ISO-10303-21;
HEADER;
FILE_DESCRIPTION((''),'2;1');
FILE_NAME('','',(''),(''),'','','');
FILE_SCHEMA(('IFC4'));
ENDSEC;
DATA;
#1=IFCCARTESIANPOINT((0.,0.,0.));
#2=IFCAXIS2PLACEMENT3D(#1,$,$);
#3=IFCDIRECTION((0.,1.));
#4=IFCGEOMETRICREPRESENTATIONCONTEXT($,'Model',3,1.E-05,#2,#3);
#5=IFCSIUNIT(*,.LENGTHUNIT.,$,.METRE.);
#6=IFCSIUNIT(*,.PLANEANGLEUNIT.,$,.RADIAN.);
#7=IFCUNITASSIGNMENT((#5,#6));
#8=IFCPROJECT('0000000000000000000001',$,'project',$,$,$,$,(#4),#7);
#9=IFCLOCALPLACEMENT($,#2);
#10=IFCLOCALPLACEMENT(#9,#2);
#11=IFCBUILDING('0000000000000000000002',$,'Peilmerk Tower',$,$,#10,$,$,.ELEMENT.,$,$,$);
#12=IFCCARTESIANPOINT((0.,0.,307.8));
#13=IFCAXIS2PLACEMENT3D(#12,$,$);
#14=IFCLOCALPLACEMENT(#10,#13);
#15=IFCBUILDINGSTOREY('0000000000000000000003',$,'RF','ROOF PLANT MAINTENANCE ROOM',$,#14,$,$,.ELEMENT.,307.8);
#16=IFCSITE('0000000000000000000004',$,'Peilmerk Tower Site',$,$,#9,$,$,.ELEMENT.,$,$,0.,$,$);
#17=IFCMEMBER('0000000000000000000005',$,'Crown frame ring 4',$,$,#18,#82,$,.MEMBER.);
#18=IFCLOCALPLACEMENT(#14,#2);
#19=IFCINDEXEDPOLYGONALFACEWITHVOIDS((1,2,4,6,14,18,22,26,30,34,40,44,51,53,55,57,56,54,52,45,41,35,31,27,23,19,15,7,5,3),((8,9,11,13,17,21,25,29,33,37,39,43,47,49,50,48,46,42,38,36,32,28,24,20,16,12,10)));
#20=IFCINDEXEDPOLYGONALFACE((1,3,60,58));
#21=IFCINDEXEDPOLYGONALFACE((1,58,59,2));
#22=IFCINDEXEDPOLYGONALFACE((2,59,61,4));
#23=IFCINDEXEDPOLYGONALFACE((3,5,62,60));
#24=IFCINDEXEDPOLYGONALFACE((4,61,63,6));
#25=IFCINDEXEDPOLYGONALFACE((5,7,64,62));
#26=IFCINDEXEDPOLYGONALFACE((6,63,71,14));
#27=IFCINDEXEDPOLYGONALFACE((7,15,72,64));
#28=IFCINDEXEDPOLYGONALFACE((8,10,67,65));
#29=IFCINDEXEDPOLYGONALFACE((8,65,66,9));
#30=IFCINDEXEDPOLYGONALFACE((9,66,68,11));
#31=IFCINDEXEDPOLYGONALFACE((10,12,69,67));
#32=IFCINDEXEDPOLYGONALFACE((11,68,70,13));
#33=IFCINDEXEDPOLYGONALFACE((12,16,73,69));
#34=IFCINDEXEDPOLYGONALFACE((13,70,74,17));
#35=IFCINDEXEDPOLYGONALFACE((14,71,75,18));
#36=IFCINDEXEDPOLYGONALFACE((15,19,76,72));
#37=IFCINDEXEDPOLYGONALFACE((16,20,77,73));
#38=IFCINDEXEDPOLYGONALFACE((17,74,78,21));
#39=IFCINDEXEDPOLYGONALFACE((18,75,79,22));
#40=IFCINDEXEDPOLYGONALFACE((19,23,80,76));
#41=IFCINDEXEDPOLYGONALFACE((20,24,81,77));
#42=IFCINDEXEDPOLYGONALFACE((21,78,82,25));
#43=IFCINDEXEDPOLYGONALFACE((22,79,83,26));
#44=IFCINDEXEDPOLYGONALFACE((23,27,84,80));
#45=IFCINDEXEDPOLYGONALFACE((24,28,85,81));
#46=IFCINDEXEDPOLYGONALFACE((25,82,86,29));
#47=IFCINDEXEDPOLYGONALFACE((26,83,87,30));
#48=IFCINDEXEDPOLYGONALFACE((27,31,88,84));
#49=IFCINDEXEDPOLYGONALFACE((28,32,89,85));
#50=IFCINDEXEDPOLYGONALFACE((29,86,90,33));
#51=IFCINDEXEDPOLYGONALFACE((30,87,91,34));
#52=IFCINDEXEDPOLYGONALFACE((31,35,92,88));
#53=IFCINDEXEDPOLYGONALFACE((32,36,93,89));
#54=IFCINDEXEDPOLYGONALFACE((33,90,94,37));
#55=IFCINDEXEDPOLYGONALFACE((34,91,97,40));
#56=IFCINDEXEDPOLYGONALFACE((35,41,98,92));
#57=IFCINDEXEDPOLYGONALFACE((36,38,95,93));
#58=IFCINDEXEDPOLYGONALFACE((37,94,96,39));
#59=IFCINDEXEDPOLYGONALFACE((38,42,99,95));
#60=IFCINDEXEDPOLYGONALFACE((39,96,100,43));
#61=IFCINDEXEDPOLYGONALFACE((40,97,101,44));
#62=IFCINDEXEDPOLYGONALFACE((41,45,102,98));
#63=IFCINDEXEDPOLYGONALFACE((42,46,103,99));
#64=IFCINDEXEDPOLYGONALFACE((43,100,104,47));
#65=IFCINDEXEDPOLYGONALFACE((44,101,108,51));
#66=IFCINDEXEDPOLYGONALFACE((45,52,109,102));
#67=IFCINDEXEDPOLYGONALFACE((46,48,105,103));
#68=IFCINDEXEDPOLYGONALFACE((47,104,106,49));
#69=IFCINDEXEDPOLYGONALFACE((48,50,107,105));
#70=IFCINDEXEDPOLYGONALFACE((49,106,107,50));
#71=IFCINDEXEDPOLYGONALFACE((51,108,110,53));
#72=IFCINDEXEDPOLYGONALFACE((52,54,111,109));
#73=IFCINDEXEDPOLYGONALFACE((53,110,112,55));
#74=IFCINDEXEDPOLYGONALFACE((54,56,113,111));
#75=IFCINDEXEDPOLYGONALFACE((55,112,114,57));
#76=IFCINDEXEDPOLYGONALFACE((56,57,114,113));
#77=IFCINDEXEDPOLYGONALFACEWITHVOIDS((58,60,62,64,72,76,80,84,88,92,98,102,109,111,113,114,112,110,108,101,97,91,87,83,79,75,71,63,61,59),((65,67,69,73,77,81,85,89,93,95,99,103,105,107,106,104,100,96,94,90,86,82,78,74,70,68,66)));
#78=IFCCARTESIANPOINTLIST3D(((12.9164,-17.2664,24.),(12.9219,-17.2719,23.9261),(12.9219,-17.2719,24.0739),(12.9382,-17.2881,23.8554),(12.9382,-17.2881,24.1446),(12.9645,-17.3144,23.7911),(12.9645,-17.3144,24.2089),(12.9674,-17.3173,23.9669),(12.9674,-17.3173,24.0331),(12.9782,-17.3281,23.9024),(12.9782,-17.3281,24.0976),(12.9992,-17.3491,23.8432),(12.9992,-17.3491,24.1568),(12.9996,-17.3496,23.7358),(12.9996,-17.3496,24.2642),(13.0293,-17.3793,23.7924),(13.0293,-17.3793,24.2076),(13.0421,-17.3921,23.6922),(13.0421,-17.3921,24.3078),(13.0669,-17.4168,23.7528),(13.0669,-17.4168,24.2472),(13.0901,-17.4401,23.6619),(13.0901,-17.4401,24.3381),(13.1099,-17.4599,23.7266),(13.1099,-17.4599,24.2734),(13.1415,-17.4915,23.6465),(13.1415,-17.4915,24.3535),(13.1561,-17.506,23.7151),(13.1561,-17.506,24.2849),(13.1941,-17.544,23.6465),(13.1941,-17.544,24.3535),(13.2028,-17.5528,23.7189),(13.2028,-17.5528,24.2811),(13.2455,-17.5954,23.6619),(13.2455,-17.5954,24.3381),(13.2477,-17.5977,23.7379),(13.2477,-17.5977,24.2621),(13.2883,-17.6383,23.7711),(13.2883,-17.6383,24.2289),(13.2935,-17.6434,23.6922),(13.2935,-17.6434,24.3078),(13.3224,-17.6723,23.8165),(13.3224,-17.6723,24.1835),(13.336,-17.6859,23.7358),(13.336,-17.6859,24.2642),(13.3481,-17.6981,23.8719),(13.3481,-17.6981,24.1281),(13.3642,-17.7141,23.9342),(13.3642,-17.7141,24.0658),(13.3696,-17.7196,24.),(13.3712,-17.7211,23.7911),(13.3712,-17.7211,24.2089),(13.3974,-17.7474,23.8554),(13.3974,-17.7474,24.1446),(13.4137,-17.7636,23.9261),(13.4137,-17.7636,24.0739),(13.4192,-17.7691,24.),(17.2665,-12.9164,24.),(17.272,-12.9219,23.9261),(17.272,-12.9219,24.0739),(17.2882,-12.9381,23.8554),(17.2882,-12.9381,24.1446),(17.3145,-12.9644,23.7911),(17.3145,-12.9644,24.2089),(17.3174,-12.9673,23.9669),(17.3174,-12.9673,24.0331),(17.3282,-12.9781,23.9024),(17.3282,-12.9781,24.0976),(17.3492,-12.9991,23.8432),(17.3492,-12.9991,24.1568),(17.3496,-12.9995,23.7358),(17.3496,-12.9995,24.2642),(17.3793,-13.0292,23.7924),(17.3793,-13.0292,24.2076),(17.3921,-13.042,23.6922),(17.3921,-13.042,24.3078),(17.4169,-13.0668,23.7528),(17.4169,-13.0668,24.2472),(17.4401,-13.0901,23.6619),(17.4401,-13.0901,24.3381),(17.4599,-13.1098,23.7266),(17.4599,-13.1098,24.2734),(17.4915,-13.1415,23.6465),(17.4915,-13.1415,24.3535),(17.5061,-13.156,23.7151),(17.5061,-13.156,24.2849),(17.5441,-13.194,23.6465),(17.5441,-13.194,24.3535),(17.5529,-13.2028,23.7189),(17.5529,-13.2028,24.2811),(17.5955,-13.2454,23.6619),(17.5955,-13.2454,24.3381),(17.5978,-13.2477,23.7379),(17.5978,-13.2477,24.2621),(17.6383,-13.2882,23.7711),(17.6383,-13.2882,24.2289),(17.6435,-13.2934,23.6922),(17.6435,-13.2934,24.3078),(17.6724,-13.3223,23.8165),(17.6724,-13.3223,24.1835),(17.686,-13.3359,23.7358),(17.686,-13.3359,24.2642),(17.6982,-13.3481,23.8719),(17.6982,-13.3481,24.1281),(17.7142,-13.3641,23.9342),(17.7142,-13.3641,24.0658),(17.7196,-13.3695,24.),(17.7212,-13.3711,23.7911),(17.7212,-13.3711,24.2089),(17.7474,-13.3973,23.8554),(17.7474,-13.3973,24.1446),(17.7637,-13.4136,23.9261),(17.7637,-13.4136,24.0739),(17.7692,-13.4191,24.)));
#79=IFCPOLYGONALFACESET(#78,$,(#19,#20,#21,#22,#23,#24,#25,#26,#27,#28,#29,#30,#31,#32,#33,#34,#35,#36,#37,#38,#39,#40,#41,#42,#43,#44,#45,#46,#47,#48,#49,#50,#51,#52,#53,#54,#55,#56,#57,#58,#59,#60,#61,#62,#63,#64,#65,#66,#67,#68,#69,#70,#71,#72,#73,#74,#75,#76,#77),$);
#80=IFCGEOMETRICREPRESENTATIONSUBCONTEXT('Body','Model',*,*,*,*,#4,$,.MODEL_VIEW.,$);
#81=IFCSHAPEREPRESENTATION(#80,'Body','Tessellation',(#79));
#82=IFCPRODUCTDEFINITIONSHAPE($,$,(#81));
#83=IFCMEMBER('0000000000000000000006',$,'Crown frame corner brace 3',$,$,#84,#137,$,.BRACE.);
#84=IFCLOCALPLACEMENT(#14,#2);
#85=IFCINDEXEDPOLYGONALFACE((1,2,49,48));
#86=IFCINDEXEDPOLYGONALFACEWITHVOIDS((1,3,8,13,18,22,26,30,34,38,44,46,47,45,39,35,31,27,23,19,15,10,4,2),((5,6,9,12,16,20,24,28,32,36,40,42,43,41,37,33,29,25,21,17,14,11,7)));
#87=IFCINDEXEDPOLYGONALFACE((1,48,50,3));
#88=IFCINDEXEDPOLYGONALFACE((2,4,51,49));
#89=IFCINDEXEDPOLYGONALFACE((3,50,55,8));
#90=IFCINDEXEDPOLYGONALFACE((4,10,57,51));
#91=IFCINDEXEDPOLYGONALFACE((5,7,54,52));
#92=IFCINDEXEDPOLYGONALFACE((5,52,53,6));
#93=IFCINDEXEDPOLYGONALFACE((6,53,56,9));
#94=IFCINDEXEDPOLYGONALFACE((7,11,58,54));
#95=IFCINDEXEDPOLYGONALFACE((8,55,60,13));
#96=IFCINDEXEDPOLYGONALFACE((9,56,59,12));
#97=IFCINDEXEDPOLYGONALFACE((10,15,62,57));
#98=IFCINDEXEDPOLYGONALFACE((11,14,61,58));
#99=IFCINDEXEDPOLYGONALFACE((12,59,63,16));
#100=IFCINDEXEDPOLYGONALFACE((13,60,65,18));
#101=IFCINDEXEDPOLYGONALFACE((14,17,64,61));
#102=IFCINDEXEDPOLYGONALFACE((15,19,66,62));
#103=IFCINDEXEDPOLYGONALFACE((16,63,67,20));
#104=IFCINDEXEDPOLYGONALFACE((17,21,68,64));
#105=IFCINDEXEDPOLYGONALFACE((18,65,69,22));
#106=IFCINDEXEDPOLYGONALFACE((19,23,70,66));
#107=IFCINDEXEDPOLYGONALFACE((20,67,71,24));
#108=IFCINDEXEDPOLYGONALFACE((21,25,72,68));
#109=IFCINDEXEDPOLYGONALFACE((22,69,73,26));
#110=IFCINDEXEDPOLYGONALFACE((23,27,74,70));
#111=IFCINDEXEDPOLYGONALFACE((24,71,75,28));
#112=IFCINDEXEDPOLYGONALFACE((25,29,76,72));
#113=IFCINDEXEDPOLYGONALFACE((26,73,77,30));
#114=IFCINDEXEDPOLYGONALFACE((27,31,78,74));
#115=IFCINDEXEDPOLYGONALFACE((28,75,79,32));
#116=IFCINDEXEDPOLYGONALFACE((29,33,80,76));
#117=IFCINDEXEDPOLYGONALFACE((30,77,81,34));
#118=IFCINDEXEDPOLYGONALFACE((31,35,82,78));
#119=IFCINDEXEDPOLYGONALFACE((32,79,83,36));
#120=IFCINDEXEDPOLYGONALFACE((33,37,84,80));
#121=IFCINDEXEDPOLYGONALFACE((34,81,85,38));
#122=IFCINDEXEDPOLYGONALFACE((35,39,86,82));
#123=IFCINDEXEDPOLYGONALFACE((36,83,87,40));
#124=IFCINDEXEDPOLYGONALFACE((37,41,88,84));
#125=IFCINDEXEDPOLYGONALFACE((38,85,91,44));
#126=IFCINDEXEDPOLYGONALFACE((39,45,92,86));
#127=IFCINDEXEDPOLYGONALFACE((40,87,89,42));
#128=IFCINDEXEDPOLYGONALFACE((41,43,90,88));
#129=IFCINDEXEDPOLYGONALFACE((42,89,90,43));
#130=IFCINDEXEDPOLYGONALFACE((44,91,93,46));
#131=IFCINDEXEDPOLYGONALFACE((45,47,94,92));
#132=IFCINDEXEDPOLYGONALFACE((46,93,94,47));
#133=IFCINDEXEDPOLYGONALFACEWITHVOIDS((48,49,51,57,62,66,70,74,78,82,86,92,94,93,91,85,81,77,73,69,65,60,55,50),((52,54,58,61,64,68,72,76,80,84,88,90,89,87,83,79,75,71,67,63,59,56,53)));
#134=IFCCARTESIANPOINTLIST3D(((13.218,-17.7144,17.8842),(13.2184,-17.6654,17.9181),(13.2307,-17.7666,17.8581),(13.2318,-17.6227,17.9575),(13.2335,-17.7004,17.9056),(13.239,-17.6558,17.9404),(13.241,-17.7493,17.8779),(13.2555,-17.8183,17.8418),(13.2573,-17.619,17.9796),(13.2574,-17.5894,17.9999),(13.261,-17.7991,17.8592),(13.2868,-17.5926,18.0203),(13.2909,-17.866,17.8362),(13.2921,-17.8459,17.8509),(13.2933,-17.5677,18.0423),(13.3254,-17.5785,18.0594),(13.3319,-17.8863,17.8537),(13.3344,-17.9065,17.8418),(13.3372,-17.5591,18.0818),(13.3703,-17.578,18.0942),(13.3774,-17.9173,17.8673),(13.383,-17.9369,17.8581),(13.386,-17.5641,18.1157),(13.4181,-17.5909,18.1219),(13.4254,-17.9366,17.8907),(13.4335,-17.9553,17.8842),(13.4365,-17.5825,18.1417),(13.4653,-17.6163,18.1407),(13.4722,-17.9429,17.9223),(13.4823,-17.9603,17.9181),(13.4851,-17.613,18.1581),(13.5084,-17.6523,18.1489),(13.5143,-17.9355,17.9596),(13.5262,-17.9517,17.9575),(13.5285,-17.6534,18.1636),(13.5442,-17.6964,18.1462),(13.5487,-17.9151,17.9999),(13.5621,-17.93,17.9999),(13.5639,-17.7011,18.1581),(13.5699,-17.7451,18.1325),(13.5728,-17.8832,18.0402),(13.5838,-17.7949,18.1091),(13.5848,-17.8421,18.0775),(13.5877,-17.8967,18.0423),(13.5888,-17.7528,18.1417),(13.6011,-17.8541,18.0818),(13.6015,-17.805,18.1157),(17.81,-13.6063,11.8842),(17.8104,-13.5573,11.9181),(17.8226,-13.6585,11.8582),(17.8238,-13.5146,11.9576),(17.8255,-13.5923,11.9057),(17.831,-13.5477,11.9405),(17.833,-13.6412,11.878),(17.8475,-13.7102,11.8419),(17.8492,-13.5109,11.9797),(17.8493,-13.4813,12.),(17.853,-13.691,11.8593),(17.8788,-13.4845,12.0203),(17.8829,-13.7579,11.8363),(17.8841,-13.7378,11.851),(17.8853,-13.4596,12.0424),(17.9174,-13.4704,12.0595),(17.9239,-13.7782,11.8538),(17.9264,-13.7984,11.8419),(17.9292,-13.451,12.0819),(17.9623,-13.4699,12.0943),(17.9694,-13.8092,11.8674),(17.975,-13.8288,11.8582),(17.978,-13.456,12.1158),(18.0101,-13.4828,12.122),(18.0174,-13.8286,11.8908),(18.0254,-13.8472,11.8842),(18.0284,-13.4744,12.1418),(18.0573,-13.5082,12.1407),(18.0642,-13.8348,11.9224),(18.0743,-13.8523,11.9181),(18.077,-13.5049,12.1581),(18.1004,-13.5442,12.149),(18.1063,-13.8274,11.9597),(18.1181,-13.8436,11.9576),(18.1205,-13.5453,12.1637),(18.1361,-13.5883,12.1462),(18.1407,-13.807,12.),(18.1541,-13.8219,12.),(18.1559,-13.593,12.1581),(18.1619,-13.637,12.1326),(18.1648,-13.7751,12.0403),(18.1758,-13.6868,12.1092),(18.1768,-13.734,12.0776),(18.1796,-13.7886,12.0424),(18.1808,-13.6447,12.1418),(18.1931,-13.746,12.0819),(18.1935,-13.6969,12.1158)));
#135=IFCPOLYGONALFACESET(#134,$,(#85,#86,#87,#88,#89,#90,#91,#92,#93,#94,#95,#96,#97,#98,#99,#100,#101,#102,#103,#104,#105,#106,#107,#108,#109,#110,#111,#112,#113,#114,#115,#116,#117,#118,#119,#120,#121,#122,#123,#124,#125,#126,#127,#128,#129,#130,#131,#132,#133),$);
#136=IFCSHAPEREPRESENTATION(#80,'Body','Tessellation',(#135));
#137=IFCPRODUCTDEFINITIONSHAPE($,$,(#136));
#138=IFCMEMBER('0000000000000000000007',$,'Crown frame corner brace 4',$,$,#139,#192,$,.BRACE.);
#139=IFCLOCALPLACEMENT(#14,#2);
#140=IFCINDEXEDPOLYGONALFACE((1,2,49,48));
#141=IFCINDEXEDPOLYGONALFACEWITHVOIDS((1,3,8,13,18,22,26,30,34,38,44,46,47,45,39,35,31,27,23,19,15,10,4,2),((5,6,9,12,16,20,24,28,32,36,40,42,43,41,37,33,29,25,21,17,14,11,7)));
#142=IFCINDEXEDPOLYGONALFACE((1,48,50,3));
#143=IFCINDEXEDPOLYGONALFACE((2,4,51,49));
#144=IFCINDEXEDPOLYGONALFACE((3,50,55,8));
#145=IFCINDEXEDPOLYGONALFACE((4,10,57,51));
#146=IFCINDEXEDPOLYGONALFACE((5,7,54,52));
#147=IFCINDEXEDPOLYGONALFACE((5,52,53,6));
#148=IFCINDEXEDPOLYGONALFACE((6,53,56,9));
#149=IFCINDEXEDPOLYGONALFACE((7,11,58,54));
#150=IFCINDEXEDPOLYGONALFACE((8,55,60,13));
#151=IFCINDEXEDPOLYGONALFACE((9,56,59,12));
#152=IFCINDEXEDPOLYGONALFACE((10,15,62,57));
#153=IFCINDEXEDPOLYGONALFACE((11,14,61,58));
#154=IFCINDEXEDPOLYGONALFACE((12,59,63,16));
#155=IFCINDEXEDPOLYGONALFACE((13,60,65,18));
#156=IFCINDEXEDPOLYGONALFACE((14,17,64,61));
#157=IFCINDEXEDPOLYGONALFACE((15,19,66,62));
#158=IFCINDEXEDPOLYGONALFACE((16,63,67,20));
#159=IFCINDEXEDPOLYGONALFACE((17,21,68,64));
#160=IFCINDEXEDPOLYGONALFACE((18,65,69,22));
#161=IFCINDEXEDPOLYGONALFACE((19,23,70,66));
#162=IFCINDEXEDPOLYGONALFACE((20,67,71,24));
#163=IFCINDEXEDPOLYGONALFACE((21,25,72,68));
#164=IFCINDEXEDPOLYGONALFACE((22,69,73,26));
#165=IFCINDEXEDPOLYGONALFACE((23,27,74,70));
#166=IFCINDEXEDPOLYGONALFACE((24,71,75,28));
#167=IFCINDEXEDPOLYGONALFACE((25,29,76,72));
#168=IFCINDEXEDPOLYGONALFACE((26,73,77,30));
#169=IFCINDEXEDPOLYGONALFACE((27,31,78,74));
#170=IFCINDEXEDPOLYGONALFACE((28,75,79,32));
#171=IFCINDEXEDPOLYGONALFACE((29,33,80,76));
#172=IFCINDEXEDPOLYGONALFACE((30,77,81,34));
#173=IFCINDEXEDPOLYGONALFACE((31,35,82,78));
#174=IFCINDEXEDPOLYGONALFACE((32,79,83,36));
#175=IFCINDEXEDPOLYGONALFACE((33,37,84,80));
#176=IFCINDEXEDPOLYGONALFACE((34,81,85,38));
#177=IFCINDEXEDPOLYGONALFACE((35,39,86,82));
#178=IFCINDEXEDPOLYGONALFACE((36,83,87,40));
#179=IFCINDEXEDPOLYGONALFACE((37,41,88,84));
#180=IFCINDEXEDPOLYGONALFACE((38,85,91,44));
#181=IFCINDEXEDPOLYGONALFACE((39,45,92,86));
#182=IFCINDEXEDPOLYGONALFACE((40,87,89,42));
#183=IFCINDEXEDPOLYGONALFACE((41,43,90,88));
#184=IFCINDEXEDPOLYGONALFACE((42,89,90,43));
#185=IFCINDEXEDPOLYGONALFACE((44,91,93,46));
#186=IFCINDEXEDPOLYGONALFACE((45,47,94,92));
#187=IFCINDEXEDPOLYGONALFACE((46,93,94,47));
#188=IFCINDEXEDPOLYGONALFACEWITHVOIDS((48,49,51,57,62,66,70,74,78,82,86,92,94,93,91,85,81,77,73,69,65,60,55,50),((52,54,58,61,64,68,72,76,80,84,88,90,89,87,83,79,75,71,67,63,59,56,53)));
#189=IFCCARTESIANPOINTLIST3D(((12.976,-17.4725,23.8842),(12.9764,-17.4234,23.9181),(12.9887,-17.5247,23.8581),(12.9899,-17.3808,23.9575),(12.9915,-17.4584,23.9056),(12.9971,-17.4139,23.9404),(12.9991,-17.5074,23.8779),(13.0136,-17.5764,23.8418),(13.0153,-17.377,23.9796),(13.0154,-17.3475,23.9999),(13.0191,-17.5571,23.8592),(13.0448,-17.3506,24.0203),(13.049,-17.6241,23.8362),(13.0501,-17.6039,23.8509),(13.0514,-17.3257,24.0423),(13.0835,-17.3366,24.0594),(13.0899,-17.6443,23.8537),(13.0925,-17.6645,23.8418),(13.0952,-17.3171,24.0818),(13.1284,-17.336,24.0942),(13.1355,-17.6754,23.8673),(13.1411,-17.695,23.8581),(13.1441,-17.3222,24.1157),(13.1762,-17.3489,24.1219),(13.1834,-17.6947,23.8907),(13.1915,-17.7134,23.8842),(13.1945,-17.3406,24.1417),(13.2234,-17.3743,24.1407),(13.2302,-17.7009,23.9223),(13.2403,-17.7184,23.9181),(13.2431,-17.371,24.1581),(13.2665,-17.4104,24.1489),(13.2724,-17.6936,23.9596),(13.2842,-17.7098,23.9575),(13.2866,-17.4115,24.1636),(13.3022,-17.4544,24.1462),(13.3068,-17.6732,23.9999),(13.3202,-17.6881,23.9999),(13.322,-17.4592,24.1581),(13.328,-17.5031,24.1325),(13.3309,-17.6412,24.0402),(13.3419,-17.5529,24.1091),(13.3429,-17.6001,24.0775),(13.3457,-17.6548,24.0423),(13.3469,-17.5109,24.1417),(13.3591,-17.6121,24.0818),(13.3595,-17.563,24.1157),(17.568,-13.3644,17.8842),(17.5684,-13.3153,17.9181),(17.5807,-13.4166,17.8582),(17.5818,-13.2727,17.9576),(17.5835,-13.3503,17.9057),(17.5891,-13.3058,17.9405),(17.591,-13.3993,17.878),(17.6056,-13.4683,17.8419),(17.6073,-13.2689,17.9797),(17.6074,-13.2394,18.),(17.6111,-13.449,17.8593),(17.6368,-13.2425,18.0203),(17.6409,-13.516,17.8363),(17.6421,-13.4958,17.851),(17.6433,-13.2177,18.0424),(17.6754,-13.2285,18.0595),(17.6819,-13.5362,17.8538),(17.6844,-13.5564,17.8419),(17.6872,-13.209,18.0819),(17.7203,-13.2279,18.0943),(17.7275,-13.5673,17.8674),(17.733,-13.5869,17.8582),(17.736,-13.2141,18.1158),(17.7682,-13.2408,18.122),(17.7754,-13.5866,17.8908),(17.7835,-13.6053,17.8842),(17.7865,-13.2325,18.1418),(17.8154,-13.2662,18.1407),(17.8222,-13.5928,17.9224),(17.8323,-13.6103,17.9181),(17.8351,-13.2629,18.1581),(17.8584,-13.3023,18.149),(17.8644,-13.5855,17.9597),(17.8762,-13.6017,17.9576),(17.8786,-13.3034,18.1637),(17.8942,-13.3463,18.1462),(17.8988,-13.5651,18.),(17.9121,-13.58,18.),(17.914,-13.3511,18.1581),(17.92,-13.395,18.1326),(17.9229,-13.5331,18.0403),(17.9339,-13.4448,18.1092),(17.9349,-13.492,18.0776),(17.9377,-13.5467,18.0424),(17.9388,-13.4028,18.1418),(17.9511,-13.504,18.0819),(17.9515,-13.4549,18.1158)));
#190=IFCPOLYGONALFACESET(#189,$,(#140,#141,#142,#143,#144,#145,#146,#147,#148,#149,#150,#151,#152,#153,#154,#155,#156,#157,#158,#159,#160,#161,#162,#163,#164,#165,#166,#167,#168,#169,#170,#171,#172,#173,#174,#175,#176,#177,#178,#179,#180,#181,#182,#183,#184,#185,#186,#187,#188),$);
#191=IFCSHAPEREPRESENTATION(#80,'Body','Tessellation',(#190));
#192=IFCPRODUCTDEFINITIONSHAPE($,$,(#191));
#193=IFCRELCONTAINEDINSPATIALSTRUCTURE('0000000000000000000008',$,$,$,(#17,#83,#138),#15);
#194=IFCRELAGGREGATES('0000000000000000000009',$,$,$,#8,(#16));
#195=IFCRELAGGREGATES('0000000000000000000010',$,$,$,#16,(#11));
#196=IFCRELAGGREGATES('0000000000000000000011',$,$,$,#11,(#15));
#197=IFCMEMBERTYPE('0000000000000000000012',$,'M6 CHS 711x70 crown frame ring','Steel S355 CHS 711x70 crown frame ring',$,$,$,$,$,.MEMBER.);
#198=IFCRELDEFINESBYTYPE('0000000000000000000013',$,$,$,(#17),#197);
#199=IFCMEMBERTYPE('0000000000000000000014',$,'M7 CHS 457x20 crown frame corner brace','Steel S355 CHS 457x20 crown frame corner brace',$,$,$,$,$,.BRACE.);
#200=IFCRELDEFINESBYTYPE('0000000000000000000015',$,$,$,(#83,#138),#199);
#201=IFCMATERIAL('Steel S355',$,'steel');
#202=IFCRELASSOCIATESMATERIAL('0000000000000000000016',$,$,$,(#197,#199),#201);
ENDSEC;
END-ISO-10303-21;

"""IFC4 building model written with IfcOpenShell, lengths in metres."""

from ifc_helpers import new_model, si_unit, direction, frame, origin, origin_2d, place, context, subcontext, project, spatial, hollow_circle, extrude, material, material_profile, profile_set, type_object, element, save


model = new_model("IFC4")

# Units and contexts
model_context = context("Model", 3, precision=1e-05, world=origin(), true_north=direction((0.0, 1.0)))
body_context = subcontext(model_context, "Body", "Model", "MODEL_VIEW")
ifc_project = project(units=[si_unit("LENGTHUNIT", "METRE"), si_unit("PLANEANGLEUNIT", "RADIAN")], contexts=[model_context])

# Site, building, storey
site_placement = place(None, origin())
site = spatial("IfcSite", under=ifc_project, at=site_placement, Name="Peilmerk Tower Site", CompositionType="ELEMENT", RefElevation=0.0)
building_placement = place(site_placement, origin())
building = spatial("IfcBuilding", under=site, at=building_placement, Name="Peilmerk Tower", CompositionType="ELEMENT")
storey_placement = place(building_placement, frame((0.0, 0.0, 307.8)))
storey = spatial("IfcBuildingStorey", under=building, at=storey_placement, Name="RF", Description="ROOF PLANT MAINTENANCE ROOM", CompositionType="ELEMENT", Elevation=307.8)

# Shared definitions
ifc_material_1 = material(Name="Steel S355", Category="steel")

# Members
ifc_material_profile_1 = material_profile(ifc_material_1, hollow_circle(Radius=0.3555, WallThickness=0.0701, at=origin_2d()), Name="CHS 711x70")
ifc_profile_set_1 = profile_set([ifc_material_profile_1], Name="Steel S355")
member_type_1 = type_object("IfcMemberType", Name="M6 CHS 711x70 crown frame ring", Description="Steel S355 CHS 711x70 crown frame ring", PredefinedType="MEMBER", material=ifc_profile_set_1)
member_1_placement = place(storey_placement, frame((17.5178, -13.1677, 24.0), z_axis=(-0.707107, -0.707107, 0.0), x_axis=(0.707107, -0.707107, 0.0)))
element("IfcMember", 1, at=member_1_placement, inside=storey, type_object=member_type_1, Name="Crown frame ring 4", PredefinedType="MEMBER", context=body_context, shape_type="SweptSolid", body=[
    extrude(hollow_circle(Radius=0.3555, WallThickness=0.0701, at=origin_2d()), origin(), (0.0, 0.0, 1.0), 6.1519),
])
ifc_material_profile_2 = material_profile(ifc_material_1, hollow_circle(Radius=0.2285, WallThickness=0.02, at=origin_2d()), Name="CHS 457x20")
ifc_profile_set_2 = profile_set([ifc_material_profile_2], Name="Steel S355")
member_type_2 = type_object("IfcMemberType", Name="M7 CHS 457x20 crown frame corner brace", Description="Steel S355 CHS 457x20 crown frame corner brace", PredefinedType="BRACE", material=ifc_profile_set_2)
for number, where, z_axis, x_axis, name in (
    (2, (18.0017, -13.6516, 12.0), (-0.533945, -0.47768, 0.697657), (0.666749, -0.745283, 0.0), "Crown frame corner brace 3"),
    (3, (17.7598, -13.4097, 18.0), (-0.533945, -0.47768, 0.697657), (0.666749, -0.745283, 0.0), "Crown frame corner brace 4"),
):
    element("IfcMember", number, at=place(storey_placement, frame(where, z_axis=z_axis, x_axis=x_axis)), inside=storey, type_object=member_type_2, Name=name, PredefinedType="BRACE", context=body_context, shape_type="SweptSolid", body=[
        extrude(hollow_circle(Radius=0.2285, WallThickness=0.02, at=origin_2d()), origin(), (0.0, 0.0, 1.0), 8.6001),
    ])

save(model, "model.ifc")
